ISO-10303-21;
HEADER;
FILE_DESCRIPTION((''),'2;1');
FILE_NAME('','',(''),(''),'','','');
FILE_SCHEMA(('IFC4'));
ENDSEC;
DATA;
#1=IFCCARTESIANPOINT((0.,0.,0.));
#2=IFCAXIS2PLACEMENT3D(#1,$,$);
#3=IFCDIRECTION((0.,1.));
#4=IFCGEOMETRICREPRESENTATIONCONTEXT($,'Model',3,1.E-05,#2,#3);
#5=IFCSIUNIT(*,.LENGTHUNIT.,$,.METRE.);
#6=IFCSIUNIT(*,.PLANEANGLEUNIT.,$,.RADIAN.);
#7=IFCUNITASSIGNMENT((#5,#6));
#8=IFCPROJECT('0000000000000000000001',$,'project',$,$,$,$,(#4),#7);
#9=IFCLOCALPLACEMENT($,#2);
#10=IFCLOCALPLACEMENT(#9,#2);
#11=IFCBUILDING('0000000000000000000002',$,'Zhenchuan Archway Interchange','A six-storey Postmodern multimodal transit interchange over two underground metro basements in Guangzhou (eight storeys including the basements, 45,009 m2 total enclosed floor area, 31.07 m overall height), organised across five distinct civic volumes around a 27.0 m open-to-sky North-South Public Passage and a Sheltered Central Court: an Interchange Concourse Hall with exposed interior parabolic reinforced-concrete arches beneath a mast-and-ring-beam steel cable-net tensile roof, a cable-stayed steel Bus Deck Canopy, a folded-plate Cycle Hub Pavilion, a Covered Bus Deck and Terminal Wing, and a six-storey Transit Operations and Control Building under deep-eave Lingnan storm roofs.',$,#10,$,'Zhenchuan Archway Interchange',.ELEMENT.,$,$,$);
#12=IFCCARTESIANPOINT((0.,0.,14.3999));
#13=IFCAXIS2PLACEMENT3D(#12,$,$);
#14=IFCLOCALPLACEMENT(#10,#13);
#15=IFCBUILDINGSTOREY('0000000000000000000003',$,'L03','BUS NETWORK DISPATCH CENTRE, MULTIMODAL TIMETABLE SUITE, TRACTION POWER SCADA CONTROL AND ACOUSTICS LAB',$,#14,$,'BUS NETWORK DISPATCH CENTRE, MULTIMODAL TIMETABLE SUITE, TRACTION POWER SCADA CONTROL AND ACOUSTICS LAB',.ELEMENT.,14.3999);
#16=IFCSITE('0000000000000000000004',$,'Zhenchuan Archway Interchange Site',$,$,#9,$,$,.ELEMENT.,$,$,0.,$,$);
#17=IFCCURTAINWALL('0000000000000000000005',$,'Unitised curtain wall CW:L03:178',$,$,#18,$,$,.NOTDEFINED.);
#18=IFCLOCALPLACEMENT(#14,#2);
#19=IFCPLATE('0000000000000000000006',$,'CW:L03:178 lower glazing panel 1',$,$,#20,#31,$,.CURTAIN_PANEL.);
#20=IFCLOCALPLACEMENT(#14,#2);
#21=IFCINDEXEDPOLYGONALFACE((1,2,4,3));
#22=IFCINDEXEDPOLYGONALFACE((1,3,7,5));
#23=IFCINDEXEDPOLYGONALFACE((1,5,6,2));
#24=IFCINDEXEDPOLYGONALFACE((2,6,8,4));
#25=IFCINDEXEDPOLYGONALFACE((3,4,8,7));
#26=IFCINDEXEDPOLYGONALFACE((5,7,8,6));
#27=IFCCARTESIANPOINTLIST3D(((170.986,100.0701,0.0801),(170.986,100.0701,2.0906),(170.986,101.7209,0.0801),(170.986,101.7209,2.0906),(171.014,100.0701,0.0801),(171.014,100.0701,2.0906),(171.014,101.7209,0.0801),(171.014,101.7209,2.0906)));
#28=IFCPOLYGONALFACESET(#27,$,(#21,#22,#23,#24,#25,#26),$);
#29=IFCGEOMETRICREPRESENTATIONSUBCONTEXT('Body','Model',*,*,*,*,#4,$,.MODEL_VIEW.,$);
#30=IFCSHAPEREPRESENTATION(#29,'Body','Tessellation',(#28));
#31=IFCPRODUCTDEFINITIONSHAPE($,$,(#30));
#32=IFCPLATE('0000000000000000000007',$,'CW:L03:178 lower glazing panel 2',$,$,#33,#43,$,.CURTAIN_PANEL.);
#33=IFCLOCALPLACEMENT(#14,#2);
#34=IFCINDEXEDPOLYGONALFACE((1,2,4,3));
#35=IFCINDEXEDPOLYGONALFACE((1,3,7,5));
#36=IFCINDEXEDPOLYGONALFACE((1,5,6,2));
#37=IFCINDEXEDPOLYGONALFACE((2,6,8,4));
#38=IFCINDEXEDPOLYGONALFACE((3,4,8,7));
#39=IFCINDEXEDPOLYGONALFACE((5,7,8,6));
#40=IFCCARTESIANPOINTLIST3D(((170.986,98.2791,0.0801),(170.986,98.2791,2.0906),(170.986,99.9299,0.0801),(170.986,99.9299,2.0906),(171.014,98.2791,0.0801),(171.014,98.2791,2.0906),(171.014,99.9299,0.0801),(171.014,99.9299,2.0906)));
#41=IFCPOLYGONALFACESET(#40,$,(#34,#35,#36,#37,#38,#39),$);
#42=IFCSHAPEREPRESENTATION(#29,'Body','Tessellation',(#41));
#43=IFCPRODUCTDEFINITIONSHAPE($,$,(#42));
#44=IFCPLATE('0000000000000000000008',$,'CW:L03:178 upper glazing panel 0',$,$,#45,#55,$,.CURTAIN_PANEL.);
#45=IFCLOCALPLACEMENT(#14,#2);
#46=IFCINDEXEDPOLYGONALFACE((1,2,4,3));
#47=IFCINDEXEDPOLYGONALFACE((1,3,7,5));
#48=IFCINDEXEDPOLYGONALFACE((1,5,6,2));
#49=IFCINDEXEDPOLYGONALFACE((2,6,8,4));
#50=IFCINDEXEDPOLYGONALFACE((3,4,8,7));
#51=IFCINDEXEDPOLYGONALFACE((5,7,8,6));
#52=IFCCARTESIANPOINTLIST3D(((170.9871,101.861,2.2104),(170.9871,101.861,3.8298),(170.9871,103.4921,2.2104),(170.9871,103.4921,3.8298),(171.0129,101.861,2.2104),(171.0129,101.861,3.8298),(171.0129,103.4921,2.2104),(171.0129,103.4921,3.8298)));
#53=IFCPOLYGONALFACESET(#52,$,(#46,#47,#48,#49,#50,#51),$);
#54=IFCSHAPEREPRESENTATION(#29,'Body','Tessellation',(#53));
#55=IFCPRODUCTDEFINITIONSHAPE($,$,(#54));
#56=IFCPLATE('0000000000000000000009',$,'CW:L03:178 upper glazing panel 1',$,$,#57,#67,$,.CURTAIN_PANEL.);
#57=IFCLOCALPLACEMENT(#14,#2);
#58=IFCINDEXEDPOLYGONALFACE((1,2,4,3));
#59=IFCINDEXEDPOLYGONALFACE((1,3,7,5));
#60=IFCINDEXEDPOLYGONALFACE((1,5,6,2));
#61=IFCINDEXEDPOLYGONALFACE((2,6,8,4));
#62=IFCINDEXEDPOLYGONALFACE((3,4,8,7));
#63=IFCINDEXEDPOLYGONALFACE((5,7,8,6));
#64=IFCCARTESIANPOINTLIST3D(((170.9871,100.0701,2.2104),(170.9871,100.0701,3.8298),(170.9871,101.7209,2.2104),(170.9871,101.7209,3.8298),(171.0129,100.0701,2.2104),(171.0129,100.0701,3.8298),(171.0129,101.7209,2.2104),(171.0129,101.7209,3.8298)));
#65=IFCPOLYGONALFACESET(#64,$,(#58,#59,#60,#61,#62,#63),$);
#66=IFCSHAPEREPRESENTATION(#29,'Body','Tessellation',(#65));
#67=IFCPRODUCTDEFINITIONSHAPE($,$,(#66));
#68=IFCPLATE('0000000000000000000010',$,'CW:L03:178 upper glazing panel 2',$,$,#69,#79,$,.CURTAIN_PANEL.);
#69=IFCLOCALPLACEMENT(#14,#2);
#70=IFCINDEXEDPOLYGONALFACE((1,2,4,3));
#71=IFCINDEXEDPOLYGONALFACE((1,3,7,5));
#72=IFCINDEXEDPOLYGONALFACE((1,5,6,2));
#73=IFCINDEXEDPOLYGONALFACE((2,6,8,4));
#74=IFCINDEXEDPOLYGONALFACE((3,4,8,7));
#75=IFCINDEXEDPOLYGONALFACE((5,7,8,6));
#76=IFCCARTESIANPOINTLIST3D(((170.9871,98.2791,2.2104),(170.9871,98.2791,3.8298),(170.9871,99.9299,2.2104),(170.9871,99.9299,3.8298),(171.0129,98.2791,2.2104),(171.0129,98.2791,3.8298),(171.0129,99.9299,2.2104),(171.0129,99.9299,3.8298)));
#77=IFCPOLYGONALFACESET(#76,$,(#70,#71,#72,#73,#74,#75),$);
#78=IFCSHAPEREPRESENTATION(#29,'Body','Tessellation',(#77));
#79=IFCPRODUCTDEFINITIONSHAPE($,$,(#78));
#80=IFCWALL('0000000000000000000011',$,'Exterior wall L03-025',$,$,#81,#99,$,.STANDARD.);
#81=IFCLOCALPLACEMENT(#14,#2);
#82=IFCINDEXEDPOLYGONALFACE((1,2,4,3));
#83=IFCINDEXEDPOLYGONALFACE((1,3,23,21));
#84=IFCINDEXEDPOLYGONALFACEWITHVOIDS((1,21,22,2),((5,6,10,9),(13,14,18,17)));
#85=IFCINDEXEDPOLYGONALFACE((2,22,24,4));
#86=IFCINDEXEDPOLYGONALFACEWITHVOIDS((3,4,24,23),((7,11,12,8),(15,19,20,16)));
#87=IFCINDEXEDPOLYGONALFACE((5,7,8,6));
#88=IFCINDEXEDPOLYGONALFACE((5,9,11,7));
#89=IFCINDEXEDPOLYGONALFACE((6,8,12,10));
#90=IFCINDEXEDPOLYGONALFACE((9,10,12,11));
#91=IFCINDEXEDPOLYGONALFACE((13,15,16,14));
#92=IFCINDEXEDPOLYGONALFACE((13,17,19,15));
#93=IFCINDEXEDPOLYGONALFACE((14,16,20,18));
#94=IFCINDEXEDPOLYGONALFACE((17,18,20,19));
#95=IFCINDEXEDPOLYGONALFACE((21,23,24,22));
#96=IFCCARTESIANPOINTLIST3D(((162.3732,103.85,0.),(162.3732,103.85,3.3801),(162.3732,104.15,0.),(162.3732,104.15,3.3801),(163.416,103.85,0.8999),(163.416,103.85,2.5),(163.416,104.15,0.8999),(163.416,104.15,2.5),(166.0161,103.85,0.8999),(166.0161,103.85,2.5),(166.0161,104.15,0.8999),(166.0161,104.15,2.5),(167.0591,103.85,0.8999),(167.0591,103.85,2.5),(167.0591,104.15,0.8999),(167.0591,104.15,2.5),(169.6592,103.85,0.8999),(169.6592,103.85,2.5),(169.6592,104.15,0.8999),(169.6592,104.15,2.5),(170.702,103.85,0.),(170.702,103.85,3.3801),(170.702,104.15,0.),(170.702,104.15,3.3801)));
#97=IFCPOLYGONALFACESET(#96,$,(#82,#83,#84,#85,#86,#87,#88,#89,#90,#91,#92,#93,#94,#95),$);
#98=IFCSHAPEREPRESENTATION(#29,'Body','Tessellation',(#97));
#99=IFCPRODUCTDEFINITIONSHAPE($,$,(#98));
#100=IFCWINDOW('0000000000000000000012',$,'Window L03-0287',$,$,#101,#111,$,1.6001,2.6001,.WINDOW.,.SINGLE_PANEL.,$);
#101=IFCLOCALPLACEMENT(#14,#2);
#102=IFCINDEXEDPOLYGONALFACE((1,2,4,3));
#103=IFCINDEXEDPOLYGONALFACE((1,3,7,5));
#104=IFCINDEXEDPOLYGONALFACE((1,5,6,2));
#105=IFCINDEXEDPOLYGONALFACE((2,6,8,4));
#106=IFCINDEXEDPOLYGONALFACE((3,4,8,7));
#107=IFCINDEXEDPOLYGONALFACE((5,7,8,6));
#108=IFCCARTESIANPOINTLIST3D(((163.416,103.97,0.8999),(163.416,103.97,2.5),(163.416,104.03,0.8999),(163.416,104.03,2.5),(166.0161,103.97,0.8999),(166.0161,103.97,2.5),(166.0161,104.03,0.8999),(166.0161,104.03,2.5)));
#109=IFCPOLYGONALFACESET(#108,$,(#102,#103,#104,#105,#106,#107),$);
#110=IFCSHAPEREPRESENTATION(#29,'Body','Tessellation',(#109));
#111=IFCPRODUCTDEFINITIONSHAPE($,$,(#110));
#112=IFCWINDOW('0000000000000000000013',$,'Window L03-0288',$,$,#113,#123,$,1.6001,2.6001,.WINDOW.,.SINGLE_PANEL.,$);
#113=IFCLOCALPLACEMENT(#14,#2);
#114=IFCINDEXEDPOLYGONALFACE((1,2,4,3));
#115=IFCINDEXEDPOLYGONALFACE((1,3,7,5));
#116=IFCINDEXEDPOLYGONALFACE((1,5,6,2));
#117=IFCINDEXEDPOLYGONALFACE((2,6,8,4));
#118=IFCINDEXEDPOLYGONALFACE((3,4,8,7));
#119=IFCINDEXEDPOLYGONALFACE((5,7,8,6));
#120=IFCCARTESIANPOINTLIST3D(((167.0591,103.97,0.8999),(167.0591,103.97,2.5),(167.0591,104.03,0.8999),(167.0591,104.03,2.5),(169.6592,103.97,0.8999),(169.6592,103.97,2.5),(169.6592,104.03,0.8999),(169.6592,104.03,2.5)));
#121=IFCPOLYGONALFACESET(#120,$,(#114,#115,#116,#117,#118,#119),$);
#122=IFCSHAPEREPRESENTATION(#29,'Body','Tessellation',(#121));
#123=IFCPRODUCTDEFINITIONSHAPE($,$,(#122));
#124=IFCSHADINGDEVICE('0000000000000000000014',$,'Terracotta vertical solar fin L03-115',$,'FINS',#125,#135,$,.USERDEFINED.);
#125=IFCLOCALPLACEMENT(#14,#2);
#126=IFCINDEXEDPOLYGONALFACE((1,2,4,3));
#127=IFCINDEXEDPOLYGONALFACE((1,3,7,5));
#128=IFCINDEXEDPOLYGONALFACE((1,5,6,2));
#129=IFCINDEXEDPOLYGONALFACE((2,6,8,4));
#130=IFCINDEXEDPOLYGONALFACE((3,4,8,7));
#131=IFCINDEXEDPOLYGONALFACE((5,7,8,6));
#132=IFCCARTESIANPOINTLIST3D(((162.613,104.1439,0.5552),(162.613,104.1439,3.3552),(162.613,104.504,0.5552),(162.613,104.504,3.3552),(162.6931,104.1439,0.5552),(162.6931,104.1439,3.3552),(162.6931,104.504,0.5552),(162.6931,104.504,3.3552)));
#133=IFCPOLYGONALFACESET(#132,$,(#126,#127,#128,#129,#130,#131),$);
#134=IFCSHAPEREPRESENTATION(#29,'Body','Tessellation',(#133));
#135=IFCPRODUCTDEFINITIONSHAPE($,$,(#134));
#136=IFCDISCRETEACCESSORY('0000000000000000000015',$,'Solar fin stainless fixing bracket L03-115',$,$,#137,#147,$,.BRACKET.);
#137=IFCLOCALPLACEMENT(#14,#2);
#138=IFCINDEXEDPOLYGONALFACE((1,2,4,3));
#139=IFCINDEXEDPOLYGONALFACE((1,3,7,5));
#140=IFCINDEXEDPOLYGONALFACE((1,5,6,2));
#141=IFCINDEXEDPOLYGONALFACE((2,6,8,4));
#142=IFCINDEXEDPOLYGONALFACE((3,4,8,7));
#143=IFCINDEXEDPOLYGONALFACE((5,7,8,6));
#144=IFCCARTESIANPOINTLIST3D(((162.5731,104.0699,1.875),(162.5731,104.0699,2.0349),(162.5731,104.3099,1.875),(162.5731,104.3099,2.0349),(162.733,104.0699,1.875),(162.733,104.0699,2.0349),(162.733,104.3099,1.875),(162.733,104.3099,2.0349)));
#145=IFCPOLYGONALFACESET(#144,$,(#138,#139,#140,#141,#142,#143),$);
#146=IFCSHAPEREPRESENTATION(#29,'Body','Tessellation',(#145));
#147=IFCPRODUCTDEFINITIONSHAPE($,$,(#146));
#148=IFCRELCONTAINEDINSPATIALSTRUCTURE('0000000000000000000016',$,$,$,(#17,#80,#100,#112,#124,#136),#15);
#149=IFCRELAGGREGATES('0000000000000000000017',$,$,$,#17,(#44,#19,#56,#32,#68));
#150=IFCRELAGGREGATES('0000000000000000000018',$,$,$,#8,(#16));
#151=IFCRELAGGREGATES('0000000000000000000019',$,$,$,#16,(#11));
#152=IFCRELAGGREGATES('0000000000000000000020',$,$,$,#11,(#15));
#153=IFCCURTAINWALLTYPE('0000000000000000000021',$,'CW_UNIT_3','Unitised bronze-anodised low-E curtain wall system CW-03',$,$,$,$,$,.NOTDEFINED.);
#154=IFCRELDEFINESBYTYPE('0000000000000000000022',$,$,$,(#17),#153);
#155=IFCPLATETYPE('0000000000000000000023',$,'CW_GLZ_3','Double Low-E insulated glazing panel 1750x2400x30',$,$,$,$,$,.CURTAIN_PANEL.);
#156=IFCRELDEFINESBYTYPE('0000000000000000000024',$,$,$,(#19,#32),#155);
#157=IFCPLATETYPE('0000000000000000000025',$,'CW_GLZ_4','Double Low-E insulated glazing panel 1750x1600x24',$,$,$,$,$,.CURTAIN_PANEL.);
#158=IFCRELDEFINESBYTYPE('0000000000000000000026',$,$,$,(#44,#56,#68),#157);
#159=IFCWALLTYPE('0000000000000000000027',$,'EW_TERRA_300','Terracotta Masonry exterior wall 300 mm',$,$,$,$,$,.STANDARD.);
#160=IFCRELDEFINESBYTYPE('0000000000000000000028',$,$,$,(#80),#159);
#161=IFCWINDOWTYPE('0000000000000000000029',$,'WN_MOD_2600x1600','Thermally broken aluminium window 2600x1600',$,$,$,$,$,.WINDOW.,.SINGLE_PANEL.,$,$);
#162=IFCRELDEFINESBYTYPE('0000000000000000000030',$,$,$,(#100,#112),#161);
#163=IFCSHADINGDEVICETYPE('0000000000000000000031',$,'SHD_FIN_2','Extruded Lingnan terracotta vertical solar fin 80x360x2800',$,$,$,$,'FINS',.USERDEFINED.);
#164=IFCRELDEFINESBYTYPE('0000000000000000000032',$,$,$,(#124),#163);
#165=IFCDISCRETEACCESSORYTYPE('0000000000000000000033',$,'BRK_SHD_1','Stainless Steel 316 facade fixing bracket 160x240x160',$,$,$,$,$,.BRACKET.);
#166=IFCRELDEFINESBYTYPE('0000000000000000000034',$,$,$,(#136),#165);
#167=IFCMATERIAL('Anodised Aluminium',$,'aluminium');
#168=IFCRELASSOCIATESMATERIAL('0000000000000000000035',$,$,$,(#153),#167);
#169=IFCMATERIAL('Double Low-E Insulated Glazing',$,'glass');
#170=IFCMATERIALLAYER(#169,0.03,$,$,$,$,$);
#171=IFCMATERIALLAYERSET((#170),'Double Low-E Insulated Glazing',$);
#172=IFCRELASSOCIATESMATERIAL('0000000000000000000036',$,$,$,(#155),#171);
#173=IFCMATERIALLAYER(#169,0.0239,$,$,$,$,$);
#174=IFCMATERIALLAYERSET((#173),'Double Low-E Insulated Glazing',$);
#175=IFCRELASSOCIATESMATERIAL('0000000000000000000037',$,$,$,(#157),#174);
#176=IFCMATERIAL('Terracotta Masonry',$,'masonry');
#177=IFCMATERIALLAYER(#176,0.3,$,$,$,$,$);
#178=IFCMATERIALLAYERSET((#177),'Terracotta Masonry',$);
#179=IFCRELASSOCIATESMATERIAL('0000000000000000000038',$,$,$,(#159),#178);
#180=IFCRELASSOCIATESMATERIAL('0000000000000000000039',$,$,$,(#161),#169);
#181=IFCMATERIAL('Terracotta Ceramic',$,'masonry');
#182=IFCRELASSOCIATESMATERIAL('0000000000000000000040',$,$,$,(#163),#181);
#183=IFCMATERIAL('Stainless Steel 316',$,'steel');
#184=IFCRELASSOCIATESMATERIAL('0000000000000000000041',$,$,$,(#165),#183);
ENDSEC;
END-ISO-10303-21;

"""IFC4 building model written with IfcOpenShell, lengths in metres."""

from ifc_helpers import new_model, si_unit, direction, frame, frame_2d, origin, origin_2d, place, context, subcontext, project, spatial, rectangle, extrude, material, layer, layer_set, type_object, element, fill, aggregate, save


model = new_model("IFC4")

# Units and contexts
model_context = context("Model", 3, precision=1e-05, world=origin(), true_north=direction((0.0, 1.0)))
body_context = subcontext(model_context, "Body", "Model", "MODEL_VIEW")
ifc_project = project(units=[si_unit("LENGTHUNIT", "METRE"), si_unit("PLANEANGLEUNIT", "RADIAN")], contexts=[model_context])

# Site, building, storey
site_placement = place(None, origin())
site = spatial("IfcSite", under=ifc_project, at=site_placement, Name="Zhenchuan Archway Interchange Site", CompositionType="ELEMENT", RefElevation=0.0)
building_placement = place(site_placement, origin())
building = spatial("IfcBuilding", under=site, at=building_placement, Name="Zhenchuan Archway Interchange", Description="A six-storey Postmodern multimodal transit interchange over two underground metro basements in Guangzhou (eight storeys including the basements, 45,009 m2 total enclosed floor area, 31.07 m overall height), organised across five distinct civic volumes around a 27.0 m open-to-sky North-South Public Passage and a Sheltered Central Court: an Interchange Concourse Hall with exposed interior parabolic reinforced-concrete arches beneath a mast-and-ring-beam steel cable-net tensile roof, a cable-stayed steel Bus Deck Canopy, a folded-plate Cycle Hub Pavilion, a Covered Bus Deck and Terminal Wing, and a six-storey Transit Operations and Control Building under deep-eave Lingnan storm roofs.", LongName="Zhenchuan Archway Interchange", CompositionType="ELEMENT")
storey_placement = place(building_placement, frame((0.0, 0.0, 14.3999)))
storey = spatial("IfcBuildingStorey", under=building, at=storey_placement, Name="L03", Description="BUS NETWORK DISPATCH CENTRE, MULTIMODAL TIMETABLE SUITE, TRACTION POWER SCADA CONTROL AND ACOUSTICS LAB", LongName="BUS NETWORK DISPATCH CENTRE, MULTIMODAL TIMETABLE SUITE, TRACTION POWER SCADA CONTROL AND ACOUSTICS LAB", CompositionType="ELEMENT", Elevation=14.3999)

# Curtain wall
ifc_material_1 = material(Name="Anodised Aluminium", Category="aluminium")
curtain_wall_type_1 = type_object("IfcCurtainWallType", Name="CW_UNIT_3", Description="Unitised bronze-anodised low-E curtain wall system CW-03", PredefinedType="NOTDEFINED", material=ifc_material_1)
curtain_wall_1_placement = place(storey_placement, origin())
curtain_wall_1 = element("IfcCurtainWall", 1, at=curtain_wall_1_placement, inside=storey, type_object=curtain_wall_type_1, Name="Unitised curtain wall CW:L03:178", PredefinedType="NOTDEFINED")

# Plates
ifc_material_2 = material(Name="Double Low-E Insulated Glazing", Category="glass")
ifc_layer_1 = layer(ifc_material_2, 0.03)
ifc_layer_set_1 = layer_set([ifc_layer_1], Name="Double Low-E Insulated Glazing")
plate_type_1 = type_object("IfcPlateType", Name="CW_GLZ_3", Description="Double Low-E insulated glazing panel 1750x2400x30", PredefinedType="CURTAIN_PANEL", material=ifc_layer_set_1)
plate_1_placement = place(storey_placement, frame((171.0, 100.8955, 0.0801), z_axis=(0.0, 0.0, 1.0), x_axis=(0.0, -1.0, 0.0)))
plate_1 = element("IfcPlate", 2, at=plate_1_placement, type_object=plate_type_1, Name="CW:L03:178 lower glazing panel 1", PredefinedType="CURTAIN_PANEL", context=body_context, shape_type="SweptSolid", body=[
    extrude(rectangle(XDim=1.6509, YDim=0.0281, at=origin_2d()), origin(), (0.0, 0.0, 1.0), 2.0105),
])
plate_2_placement = place(storey_placement, frame((171.0, 99.1045, 0.0801), z_axis=(0.0, 0.0, 1.0), x_axis=(0.0, -1.0, 0.0)))
plate_2 = element("IfcPlate", 3, at=plate_2_placement, type_object=plate_type_1, Name="CW:L03:178 lower glazing panel 2", PredefinedType="CURTAIN_PANEL", context=body_context, shape_type="SweptSolid", body=[
    extrude(rectangle(XDim=1.6509, YDim=0.0281, at=origin_2d()), origin(), (0.0, 0.0, 1.0), 2.0105),
])
ifc_layer_2 = layer(ifc_material_2, 0.0239)
ifc_layer_set_2 = layer_set([ifc_layer_2], Name="Double Low-E Insulated Glazing")
plate_type_2 = type_object("IfcPlateType", Name="CW_GLZ_4", Description="Double Low-E insulated glazing panel 1750x1600x24", PredefinedType="CURTAIN_PANEL", material=ifc_layer_set_2)
plate_3_placement = place(storey_placement, frame((171.0, 102.6765, 2.2104), z_axis=(0.0, 0.0, 1.0), x_axis=(0.0, -1.0, 0.0)))
plate_3 = element("IfcPlate", 4, at=plate_3_placement, type_object=plate_type_2, Name="CW:L03:178 upper glazing panel 0", PredefinedType="CURTAIN_PANEL", context=body_context, shape_type="SweptSolid", body=[
    extrude(rectangle(XDim=1.6311, YDim=0.0259, at=origin_2d()), origin(), (0.0, 0.0, 1.0), 1.6194),
])
plate_4_placement = place(storey_placement, frame((171.0, 100.8955, 2.2104), z_axis=(0.0, 0.0, 1.0), x_axis=(0.0, -1.0, 0.0)))
plate_4 = element("IfcPlate", 5, at=plate_4_placement, type_object=plate_type_2, Name="CW:L03:178 upper glazing panel 1", PredefinedType="CURTAIN_PANEL", context=body_context, shape_type="SweptSolid", body=[
    extrude(rectangle(XDim=1.6509, YDim=0.0259, at=origin_2d()), origin(), (0.0, 0.0, 1.0), 1.6194),
])
plate_5_placement = place(storey_placement, frame((171.0, 99.1045, 2.2104), z_axis=(0.0, 0.0, 1.0), x_axis=(0.0, -1.0, 0.0)))
plate_5 = element("IfcPlate", 6, at=plate_5_placement, type_object=plate_type_2, Name="CW:L03:178 upper glazing panel 2", PredefinedType="CURTAIN_PANEL", context=body_context, shape_type="SweptSolid", body=[
    extrude(rectangle(XDim=1.6509, YDim=0.0259, at=origin_2d()), origin(), (0.0, 0.0, 1.0), 1.6194),
])
aggregate(curtain_wall_1, [plate_3, plate_1, plate_4, plate_2, plate_5])

# Wall, openings, windows
ifc_material_3 = material(Name="Terracotta Masonry", Category="masonry")
ifc_layer_3 = layer(ifc_material_3, 0.3)
ifc_layer_set_3 = layer_set([ifc_layer_3], Name="Terracotta Masonry")
wall_type = type_object("IfcWallType", Name="EW_TERRA_300", Description="Terracotta Masonry exterior wall 300 mm", PredefinedType="STANDARD", material=ifc_layer_set_3)
wall_placement = place(storey_placement, frame((162.373, 104.0, 0.0), z_axis=(0.0, 0.0, 1.0), x_axis=(1.0, 0.0, 0.0)))
wall = element("IfcWall", 7, at=wall_placement, inside=storey, type_object=wall_type, Name="Exterior wall L03-025", PredefinedType="STANDARD", context=body_context, shape_type="SweptSolid", body=[
    extrude(rectangle(XDim=8.3289, YDim=0.3, at=frame_2d((4.1646, 0.0))), origin(), (0.0, 0.0, 1.0), 3.3801),
])
opening_1_placement = place(wall_placement, frame((1.043, 0.0, 0.8999)))
opening_1 = element("IfcOpeningElement", 8, at=opening_1_placement, cuts=wall, PredefinedType="OPENING", context=body_context, shape_type="SweptSolid", body=[
    extrude(rectangle(XDim=2.6001, YDim=1.6001, at=frame_2d((1.3, 0.8))), frame((0.0, 0.1621, 0.0), z_axis=(0.0, -1.0, 0.0), x_axis=(1.0, 0.0, 0.0)), (0.0, 0.0, 1.0), 0.324),
])
opening_2_placement = place(wall_placement, frame((4.686, 0.0, 0.8999)))
opening_2 = element("IfcOpeningElement", 9, at=opening_2_placement, cuts=wall, PredefinedType="OPENING", context=body_context, shape_type="SweptSolid", body=[
    extrude(rectangle(XDim=2.6001, YDim=1.6001, at=frame_2d((1.3, 0.8))), frame((0.0, 0.1621, 0.0), z_axis=(0.0, -1.0, 0.0), x_axis=(1.0, 0.0, 0.0)), (0.0, 0.0, 1.0), 0.324),
])
window_type = type_object("IfcWindowType", Name="WN_MOD_2600x1600", Description="Thermally broken aluminium window 2600x1600", PartitioningType="SINGLE_PANEL", PredefinedType="WINDOW", material=ifc_material_2)
window_1_placement = place(opening_1_placement, origin())
window_1 = element("IfcWindow", 10, at=window_1_placement, inside=storey, type_object=window_type, Name="Window L03-0287", OverallHeight=1.6001, OverallWidth=2.6001, PartitioningType="SINGLE_PANEL", PredefinedType="WINDOW", context=body_context, shape_type="SweptSolid", body=[
    extrude(rectangle(XDim=2.6001, YDim=1.6001, at=frame_2d((1.3, 0.8))), frame((0.0, 0.03, 0.0), z_axis=(0.0, -1.0, 0.0), x_axis=(1.0, 0.0, 0.0)), (0.0, 0.0, 1.0), 0.0601),
])
fill(opening_1, window_1)
window_2_placement = place(opening_2_placement, origin())
window_2 = element("IfcWindow", 11, at=window_2_placement, inside=storey, type_object=window_type, Name="Window L03-0288", OverallHeight=1.6001, OverallWidth=2.6001, PartitioningType="SINGLE_PANEL", PredefinedType="WINDOW", context=body_context, shape_type="SweptSolid", body=[
    extrude(rectangle(XDim=2.6001, YDim=1.6001, at=frame_2d((1.3, 0.8))), frame((0.0, 0.03, 0.0), z_axis=(0.0, -1.0, 0.0), x_axis=(1.0, 0.0, 0.0)), (0.0, 0.0, 1.0), 0.0601),
])
fill(opening_2, window_2)

# Shading device
ifc_material_4 = material(Name="Terracotta Ceramic", Category="masonry")
shading_device_type = type_object("IfcShadingDeviceType", Name="SHD_FIN_2", Description="Extruded Lingnan terracotta vertical solar fin 80x360x2800", ElementType="FINS", PredefinedType="USERDEFINED", material=ifc_material_4)
shading_device_placement = place(storey_placement, frame((162.6531, 104.324, 0.5552), z_axis=(0.0, 0.0, 1.0), x_axis=(1.0, 0.0, 0.0)))
element("IfcShadingDevice", 12, at=shading_device_placement, inside=storey, type_object=shading_device_type, Name="Terracotta vertical solar fin L03-115", ObjectType="FINS", PredefinedType="USERDEFINED", context=body_context, shape_type="SweptSolid", body=[
    extrude(rectangle(XDim=0.0801, YDim=0.3601, at=origin_2d()), origin(), (0.0, 0.0, 1.0), 2.8),
])

# Discrete accessory
ifc_material_5 = material(Name="Stainless Steel 316", Category="steel")
discrete_accessory_type = type_object("IfcDiscreteAccessoryType", Name="BRK_SHD_1", Description="Stainless Steel 316 facade fixing bracket 160x240x160", PredefinedType="BRACKET", material=ifc_material_5)
discrete_accessory_placement = place(storey_placement, frame((162.6531, 104.1899, 1.875), z_axis=(0.0, 0.0, 1.0), x_axis=(1.0, 0.0, 0.0)))
element("IfcDiscreteAccessory", 13, at=discrete_accessory_placement, inside=storey, type_object=discrete_accessory_type, Name="Solar fin stainless fixing bracket L03-115", PredefinedType="BRACKET", context=body_context, shape_type="SweptSolid", body=[
    extrude(rectangle(XDim=0.1599, YDim=0.24, at=origin_2d()), origin(), (0.0, 0.0, 1.0), 0.1599),
])

save(model, "model.ifc")
